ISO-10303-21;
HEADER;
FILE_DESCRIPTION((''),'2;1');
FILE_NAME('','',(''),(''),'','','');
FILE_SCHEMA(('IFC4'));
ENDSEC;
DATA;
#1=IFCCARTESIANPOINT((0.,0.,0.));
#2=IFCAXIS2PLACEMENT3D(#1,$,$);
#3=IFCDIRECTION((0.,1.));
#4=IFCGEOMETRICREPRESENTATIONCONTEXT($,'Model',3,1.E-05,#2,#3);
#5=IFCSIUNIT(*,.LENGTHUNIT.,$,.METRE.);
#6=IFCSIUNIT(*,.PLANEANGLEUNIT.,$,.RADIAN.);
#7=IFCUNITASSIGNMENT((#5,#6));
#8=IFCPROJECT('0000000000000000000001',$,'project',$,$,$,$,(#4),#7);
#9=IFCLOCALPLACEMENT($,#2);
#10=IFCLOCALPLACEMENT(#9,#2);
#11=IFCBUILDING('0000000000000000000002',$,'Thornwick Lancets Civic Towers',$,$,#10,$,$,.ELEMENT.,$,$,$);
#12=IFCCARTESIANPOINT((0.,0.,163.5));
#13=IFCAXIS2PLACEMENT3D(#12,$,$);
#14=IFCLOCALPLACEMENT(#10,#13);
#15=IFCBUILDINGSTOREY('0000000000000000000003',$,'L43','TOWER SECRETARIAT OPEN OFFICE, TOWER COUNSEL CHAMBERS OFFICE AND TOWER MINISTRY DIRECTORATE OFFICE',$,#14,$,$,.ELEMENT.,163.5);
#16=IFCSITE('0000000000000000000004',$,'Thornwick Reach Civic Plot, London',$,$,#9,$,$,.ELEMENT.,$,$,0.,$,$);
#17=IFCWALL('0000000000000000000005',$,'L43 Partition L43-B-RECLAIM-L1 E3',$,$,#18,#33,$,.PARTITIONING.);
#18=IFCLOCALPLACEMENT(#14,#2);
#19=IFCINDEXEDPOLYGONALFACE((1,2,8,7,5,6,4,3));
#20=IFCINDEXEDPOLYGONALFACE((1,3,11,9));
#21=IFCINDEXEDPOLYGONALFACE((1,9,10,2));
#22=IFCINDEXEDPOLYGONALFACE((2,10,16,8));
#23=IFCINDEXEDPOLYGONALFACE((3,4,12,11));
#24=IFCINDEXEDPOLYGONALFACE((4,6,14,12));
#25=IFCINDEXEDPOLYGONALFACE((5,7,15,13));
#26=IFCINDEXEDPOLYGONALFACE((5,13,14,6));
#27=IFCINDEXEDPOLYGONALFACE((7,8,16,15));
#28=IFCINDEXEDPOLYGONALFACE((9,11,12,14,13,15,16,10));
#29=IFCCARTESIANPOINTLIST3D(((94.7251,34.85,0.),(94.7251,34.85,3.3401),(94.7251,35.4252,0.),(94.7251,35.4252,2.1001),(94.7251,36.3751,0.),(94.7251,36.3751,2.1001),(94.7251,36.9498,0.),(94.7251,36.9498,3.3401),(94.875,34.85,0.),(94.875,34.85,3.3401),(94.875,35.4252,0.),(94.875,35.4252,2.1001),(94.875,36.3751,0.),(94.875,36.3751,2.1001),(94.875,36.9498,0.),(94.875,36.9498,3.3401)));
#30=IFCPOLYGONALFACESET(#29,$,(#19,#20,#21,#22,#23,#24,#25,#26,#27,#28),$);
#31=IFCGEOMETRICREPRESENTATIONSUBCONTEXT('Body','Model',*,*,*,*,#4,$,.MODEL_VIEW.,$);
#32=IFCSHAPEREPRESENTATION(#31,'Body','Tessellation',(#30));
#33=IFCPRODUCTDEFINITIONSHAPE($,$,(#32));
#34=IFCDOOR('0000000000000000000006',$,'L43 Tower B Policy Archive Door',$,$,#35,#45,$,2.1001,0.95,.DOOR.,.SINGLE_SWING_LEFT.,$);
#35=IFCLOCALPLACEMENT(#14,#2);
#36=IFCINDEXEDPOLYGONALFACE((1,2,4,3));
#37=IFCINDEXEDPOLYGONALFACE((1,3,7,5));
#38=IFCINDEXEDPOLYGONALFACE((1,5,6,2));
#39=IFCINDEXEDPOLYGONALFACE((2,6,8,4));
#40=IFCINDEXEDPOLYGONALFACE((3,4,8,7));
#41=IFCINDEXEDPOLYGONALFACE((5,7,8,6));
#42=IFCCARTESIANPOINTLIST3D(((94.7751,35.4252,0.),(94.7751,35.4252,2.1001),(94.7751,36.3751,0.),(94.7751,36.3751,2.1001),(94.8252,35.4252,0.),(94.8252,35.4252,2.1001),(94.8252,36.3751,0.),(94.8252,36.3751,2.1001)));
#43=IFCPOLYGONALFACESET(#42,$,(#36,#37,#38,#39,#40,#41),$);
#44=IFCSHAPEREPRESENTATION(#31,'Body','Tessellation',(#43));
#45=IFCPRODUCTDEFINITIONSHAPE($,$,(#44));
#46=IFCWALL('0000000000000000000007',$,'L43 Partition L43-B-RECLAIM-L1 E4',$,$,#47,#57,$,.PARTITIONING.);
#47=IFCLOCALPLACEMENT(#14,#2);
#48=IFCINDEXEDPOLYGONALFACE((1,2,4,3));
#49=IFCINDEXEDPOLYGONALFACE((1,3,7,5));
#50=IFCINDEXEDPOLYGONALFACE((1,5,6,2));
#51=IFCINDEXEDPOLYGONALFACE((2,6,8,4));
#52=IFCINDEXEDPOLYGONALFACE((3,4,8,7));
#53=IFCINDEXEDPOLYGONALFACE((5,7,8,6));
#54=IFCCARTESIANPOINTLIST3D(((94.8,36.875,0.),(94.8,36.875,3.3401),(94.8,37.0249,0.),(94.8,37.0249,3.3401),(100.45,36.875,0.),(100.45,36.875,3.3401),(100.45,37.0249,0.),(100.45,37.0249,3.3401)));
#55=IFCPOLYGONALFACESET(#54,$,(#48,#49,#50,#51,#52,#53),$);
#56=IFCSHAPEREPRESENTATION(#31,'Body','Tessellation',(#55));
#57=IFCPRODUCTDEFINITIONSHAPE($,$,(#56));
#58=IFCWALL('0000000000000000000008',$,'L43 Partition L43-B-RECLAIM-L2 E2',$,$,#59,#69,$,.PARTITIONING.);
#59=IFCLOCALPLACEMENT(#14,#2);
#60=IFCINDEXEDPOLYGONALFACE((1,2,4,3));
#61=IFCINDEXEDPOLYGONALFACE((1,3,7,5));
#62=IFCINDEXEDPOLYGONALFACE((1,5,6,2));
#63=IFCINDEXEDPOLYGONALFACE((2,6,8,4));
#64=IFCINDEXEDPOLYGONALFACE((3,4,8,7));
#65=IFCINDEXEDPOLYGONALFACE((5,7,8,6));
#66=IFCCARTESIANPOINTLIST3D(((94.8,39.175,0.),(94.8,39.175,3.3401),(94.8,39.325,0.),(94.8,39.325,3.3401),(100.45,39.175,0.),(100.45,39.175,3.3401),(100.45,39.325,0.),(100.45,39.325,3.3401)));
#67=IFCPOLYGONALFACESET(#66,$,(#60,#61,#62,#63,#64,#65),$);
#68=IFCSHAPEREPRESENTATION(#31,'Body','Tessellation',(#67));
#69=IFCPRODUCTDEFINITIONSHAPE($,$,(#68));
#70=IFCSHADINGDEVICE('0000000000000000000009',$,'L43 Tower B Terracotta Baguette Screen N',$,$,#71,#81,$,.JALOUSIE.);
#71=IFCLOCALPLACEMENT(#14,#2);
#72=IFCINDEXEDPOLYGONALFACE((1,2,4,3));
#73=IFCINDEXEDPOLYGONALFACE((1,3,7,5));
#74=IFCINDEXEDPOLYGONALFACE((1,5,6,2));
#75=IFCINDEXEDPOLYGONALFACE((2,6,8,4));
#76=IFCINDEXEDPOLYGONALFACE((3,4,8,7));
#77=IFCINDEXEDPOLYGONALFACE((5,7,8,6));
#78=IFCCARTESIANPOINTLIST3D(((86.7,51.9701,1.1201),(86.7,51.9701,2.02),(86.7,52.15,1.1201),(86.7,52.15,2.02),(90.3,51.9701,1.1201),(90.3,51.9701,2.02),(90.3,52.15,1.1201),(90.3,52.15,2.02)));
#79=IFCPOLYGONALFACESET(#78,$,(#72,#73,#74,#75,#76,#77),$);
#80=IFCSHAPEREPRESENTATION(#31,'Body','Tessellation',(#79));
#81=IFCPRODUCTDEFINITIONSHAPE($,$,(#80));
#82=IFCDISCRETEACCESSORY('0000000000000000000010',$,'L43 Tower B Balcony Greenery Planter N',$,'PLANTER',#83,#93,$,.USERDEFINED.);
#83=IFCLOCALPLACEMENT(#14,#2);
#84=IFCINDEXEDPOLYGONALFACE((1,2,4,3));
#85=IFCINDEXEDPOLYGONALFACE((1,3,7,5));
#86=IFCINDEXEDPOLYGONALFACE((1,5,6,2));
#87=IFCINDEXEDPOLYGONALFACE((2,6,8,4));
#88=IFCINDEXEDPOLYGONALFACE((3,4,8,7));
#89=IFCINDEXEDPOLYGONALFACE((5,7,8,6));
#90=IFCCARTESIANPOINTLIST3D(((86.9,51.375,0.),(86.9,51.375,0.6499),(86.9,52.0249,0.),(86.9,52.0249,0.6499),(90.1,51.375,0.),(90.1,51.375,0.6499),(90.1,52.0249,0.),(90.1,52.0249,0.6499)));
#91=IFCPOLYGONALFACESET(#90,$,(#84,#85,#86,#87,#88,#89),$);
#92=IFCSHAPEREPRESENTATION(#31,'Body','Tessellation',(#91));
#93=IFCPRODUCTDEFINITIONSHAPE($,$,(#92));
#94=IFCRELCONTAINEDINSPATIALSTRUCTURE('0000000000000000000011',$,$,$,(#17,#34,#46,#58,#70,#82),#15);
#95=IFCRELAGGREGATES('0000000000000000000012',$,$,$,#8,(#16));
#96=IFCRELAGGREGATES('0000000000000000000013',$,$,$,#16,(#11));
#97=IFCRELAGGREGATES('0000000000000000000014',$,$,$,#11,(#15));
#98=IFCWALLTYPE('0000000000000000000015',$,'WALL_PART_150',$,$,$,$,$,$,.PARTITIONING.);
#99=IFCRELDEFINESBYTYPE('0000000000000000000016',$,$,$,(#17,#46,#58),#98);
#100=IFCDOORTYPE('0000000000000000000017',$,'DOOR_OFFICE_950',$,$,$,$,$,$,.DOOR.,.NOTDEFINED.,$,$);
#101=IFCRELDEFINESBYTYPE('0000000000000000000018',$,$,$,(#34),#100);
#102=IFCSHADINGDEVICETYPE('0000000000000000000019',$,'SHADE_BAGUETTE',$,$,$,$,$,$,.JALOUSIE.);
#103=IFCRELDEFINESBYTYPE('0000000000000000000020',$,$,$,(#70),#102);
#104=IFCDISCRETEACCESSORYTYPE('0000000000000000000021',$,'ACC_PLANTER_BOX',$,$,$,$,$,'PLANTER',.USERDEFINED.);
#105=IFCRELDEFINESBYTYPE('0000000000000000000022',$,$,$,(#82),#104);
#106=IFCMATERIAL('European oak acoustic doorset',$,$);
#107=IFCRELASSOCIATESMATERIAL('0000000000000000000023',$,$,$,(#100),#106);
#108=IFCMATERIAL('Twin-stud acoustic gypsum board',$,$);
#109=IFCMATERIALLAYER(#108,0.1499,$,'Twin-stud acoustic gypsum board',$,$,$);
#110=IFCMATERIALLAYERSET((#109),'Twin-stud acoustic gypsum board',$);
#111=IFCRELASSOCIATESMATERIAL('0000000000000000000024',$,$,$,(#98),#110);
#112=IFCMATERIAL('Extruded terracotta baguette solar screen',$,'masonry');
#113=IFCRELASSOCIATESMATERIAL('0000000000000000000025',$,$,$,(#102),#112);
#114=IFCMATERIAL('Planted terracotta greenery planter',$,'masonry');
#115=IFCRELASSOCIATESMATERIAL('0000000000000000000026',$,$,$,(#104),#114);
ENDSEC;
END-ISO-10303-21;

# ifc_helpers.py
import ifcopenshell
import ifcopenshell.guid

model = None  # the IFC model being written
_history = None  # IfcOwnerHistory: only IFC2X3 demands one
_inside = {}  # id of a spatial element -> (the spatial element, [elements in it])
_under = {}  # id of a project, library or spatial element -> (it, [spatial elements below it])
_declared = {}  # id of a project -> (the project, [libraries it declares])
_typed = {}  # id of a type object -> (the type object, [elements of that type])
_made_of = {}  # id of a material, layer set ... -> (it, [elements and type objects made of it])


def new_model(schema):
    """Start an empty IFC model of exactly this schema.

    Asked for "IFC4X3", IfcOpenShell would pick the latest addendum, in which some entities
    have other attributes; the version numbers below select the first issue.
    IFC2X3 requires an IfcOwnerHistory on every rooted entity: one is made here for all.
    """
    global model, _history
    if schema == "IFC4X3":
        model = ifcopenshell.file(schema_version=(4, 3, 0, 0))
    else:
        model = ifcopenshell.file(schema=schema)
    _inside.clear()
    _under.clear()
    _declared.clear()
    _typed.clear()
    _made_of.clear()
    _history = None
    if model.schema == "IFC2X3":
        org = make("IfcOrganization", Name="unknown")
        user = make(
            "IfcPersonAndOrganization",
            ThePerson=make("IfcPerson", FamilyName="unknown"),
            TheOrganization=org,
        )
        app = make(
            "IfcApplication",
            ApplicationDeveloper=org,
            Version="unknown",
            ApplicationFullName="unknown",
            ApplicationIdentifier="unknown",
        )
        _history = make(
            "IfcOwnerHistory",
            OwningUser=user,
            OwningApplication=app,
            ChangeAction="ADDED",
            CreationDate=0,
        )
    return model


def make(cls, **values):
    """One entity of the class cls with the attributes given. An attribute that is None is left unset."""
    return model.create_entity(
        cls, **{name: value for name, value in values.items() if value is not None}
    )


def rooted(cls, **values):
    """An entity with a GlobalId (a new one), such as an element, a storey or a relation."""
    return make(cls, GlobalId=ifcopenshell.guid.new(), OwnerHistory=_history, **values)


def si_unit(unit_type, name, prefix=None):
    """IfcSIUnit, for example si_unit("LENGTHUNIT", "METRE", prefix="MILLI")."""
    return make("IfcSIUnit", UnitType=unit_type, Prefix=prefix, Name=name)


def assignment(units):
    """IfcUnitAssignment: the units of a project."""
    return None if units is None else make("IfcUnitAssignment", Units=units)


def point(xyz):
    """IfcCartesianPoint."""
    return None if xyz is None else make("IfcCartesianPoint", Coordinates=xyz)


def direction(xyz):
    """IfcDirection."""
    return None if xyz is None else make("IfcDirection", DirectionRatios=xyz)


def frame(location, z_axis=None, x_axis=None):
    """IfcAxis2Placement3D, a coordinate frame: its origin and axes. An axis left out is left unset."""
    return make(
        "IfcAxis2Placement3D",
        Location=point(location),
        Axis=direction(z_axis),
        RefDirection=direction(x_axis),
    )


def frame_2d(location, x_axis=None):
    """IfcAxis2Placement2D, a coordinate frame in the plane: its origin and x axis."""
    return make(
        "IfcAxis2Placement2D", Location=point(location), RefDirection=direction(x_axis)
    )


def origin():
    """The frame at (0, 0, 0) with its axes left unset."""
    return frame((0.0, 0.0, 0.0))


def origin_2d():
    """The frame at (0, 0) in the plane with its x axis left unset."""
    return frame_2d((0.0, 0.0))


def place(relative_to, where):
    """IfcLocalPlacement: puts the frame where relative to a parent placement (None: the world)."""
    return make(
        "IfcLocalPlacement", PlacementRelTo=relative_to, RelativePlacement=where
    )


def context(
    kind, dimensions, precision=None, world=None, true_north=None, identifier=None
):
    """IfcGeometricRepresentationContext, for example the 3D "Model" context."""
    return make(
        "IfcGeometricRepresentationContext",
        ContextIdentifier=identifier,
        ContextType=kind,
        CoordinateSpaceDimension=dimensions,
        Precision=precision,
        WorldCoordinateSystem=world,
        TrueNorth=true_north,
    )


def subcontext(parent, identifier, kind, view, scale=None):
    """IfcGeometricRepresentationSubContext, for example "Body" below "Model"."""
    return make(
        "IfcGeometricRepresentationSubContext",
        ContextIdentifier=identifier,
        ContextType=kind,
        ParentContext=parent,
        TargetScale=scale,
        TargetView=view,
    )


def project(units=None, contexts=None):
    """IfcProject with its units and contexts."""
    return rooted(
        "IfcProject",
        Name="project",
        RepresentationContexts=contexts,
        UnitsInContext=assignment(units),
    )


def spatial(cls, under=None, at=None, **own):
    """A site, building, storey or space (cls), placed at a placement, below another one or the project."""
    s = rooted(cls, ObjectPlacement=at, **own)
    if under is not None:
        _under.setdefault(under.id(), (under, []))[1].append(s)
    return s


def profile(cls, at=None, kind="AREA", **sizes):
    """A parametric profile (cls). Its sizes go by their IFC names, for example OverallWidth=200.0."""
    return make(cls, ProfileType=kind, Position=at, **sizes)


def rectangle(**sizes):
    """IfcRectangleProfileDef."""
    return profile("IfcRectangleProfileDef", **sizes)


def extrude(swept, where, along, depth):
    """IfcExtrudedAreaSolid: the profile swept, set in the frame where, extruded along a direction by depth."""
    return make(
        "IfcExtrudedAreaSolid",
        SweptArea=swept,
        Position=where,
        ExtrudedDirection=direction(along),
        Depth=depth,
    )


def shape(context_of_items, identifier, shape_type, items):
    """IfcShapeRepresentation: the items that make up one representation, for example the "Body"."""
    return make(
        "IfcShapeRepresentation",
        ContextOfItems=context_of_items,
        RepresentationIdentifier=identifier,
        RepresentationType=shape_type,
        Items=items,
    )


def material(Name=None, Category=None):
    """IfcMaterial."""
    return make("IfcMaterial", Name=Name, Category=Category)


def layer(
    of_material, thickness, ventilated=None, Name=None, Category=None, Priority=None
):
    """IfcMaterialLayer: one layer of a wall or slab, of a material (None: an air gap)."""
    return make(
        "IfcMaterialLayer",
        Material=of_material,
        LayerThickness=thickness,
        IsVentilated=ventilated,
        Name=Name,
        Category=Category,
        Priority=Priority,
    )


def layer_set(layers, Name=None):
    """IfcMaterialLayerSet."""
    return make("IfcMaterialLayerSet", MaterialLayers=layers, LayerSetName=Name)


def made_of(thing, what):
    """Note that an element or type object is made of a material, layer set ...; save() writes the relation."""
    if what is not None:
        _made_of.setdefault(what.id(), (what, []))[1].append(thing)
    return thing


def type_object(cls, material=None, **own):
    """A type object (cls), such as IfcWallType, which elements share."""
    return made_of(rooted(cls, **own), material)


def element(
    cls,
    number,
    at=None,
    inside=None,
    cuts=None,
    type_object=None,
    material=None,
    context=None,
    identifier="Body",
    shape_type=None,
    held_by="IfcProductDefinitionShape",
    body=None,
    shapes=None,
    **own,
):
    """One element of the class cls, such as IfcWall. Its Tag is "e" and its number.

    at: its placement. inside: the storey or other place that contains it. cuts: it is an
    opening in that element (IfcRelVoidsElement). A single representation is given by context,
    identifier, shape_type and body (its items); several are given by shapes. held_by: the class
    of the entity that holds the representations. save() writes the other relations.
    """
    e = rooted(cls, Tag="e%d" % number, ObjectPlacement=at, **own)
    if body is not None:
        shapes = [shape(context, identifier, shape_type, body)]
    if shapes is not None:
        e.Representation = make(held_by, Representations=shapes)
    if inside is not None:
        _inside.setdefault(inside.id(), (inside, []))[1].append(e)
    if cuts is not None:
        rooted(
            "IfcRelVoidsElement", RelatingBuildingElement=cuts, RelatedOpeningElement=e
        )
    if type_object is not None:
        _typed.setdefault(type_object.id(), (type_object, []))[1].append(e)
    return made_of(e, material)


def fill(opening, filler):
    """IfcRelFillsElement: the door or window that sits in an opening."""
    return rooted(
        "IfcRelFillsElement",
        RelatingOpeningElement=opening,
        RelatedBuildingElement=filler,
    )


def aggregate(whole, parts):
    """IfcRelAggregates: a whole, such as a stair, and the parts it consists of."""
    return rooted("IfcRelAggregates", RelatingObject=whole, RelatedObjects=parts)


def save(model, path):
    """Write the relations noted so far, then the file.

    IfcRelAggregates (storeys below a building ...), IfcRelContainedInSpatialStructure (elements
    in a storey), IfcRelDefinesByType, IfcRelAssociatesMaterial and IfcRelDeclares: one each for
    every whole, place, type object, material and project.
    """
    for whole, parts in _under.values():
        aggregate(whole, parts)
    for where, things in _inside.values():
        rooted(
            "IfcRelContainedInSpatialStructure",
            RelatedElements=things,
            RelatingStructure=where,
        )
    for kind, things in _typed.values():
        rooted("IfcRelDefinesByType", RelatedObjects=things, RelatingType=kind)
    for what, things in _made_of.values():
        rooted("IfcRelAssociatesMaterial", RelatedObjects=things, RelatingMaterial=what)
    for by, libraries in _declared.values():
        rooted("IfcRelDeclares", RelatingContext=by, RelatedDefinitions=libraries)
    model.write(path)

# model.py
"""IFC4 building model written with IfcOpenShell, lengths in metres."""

from ifc_helpers import new_model, si_unit, direction, frame, frame_2d, origin, origin_2d, place, context, subcontext, project, spatial, rectangle, extrude, material, layer, layer_set, type_object, element, fill, save


model = new_model("IFC4")

# Units and contexts
model_context = context("Model", 3, precision=1e-05, world=origin(), true_north=direction((0.0, 1.0)))
body_context = subcontext(model_context, "Body", "Model", "MODEL_VIEW")
ifc_project = project(units=[si_unit("LENGTHUNIT", "METRE"), si_unit("PLANEANGLEUNIT", "RADIAN")], contexts=[model_context])

# Site, building, storey
site_placement = place(None, origin())
site = spatial("IfcSite", under=ifc_project, at=site_placement, Name="Thornwick Reach Civic Plot, London", CompositionType="ELEMENT", RefElevation=0.0)
building_placement = place(site_placement, origin())
building = spatial("IfcBuilding", under=site, at=building_placement, Name="Thornwick Lancets Civic Towers", CompositionType="ELEMENT")
storey_placement = place(building_placement, frame((0.0, 0.0, 163.5)))
storey = spatial("IfcBuildingStorey", under=building, at=storey_placement, Name="L43", Description="TOWER SECRETARIAT OPEN OFFICE, TOWER COUNSEL CHAMBERS OFFICE AND TOWER MINISTRY DIRECTORATE OFFICE", CompositionType="ELEMENT", Elevation=163.5)

# Wall, opening, door
ifc_material_1 = material(Name="European oak acoustic doorset")
door_type_1 = type_object("IfcDoorType", Name="DOOR_OFFICE_950", OperationType="NOTDEFINED", PredefinedType="DOOR", material=ifc_material_1)
ifc_material_2 = material(Name="Twin-stud acoustic gypsum board")
ifc_layer_1 = layer(ifc_material_2, 0.1499, Name="Twin-stud acoustic gypsum board")
ifc_layer_set_1 = layer_set([ifc_layer_1], Name="Twin-stud acoustic gypsum board")
wall_type_1 = type_object("IfcWallType", Name="WALL_PART_150", PredefinedType="PARTITIONING", material=ifc_layer_set_1)
wall_1_placement = place(storey_placement, frame((94.8, 34.8501, 0.0), z_axis=(0.0, 0.0, 1.0), x_axis=(0.0, 1.0, 0.0)))
wall_1 = element("IfcWall", 1, at=wall_1_placement, inside=storey, type_object=wall_type_1, Name="L43 Partition L43-B-RECLAIM-L1 E3", PredefinedType="PARTITIONING", context=body_context, shape_type="SweptSolid", body=[
    extrude(rectangle(XDim=2.0999, YDim=0.1499, at=frame_2d((1.0498, 0.0))), origin(), (0.0, 0.0, 1.0), 3.3401),
])
opening_1_placement = place(wall_1_placement, frame((0.575, 0.0, 0.0)))
opening_1 = element("IfcOpeningElement", 2, at=opening_1_placement, cuts=wall_1, PredefinedType="OPENING", context=body_context, shape_type="SweptSolid", body=[
    extrude(rectangle(XDim=0.95, YDim=2.1001, at=frame_2d((0.4751, 1.05))), frame((0.0, 0.085, 0.0), z_axis=(0.0, -1.0, 0.0), x_axis=(1.0, 0.0, 0.0)), (0.0, 0.0, 1.0), 0.1699),
])
door_1_placement = place(opening_1_placement, origin())
door_1 = element("IfcDoor", 3, at=door_1_placement, inside=storey, type_object=door_type_1, Name="L43 Tower B Policy Archive Door", OperationType="SINGLE_SWING_LEFT", OverallHeight=2.1001, OverallWidth=0.95, PredefinedType="DOOR", context=body_context, shape_type="SweptSolid", body=[
    extrude(rectangle(XDim=0.95, YDim=2.1001, at=frame_2d((0.4751, 1.05))), frame((0.0, 0.0249, 0.0), z_axis=(0.0, -1.0, 0.0), x_axis=(1.0, 0.0, 0.0)), (0.0, 0.0, 1.0), 0.05),
])
fill(opening_1, door_1)

# Wall
wall_2_placement = place(storey_placement, frame((94.8, 36.95, 0.0), z_axis=(0.0, 0.0, 1.0), x_axis=(1.0, 0.0, 0.0)))
element("IfcWall", 4, at=wall_2_placement, inside=storey, type_object=wall_type_1, Name="L43 Partition L43-B-RECLAIM-L1 E4", PredefinedType="PARTITIONING", context=body_context, shape_type="SweptSolid", body=[
    extrude(rectangle(XDim=5.6499, YDim=0.1499, at=frame_2d((2.825, 0.0))), origin(), (0.0, 0.0, 1.0), 3.3401),
])

# Wall
wall_3_placement = place(storey_placement, frame((94.8, 39.25, 0.0), z_axis=(0.0, 0.0, 1.0), x_axis=(1.0, 0.0, 0.0)))
element("IfcWall", 5, at=wall_3_placement, inside=storey, type_object=wall_type_1, Name="L43 Partition L43-B-RECLAIM-L2 E2", PredefinedType="PARTITIONING", context=body_context, shape_type="SweptSolid", body=[
    extrude(rectangle(XDim=5.6499, YDim=0.1499, at=frame_2d((2.825, 0.0))), origin(), (0.0, 0.0, 1.0), 3.3401),
])

# Shading device
ifc_material_3 = material(Name="Extruded terracotta baguette solar screen", Category="masonry")
shading_device_type = type_object("IfcShadingDeviceType", Name="SHADE_BAGUETTE", PredefinedType="JALOUSIE", material=ifc_material_3)
shading_device_placement = place(storey_placement, frame((88.5, 52.0601, 1.1201), z_axis=(0.0, 0.0, 1.0), x_axis=(1.0, 0.0, 0.0)))
element("IfcShadingDevice", 6, at=shading_device_placement, inside=storey, type_object=shading_device_type, Name="L43 Tower B Terracotta Baguette Screen N", PredefinedType="JALOUSIE", context=body_context, shape_type="SweptSolid", body=[
    extrude(rectangle(XDim=3.6001, YDim=0.1799, at=origin_2d()), origin(), (0.0, 0.0, 1.0), 0.8999),
])

# Discrete accessory
ifc_material_4 = material(Name="Planted terracotta greenery planter", Category="masonry")
discrete_accessory_type = type_object("IfcDiscreteAccessoryType", Name="ACC_PLANTER_BOX", ElementType="PLANTER", PredefinedType="USERDEFINED", material=ifc_material_4)
discrete_accessory_placement = place(storey_placement, frame((88.5, 51.7, 0.0), z_axis=(0.0, 0.0, 1.0), x_axis=(1.0, 0.0, 0.0)))
element("IfcDiscreteAccessory", 7, at=discrete_accessory_placement, inside=storey, type_object=discrete_accessory_type, Name="L43 Tower B Balcony Greenery Planter N", ObjectType="PLANTER", PredefinedType="USERDEFINED", context=body_context, shape_type="SweptSolid", body=[
    extrude(rectangle(XDim=3.2, YDim=0.6499, at=origin_2d()), origin(), (0.0, 0.0, 1.0), 0.6499),
])

save(model, "model.ifc")
